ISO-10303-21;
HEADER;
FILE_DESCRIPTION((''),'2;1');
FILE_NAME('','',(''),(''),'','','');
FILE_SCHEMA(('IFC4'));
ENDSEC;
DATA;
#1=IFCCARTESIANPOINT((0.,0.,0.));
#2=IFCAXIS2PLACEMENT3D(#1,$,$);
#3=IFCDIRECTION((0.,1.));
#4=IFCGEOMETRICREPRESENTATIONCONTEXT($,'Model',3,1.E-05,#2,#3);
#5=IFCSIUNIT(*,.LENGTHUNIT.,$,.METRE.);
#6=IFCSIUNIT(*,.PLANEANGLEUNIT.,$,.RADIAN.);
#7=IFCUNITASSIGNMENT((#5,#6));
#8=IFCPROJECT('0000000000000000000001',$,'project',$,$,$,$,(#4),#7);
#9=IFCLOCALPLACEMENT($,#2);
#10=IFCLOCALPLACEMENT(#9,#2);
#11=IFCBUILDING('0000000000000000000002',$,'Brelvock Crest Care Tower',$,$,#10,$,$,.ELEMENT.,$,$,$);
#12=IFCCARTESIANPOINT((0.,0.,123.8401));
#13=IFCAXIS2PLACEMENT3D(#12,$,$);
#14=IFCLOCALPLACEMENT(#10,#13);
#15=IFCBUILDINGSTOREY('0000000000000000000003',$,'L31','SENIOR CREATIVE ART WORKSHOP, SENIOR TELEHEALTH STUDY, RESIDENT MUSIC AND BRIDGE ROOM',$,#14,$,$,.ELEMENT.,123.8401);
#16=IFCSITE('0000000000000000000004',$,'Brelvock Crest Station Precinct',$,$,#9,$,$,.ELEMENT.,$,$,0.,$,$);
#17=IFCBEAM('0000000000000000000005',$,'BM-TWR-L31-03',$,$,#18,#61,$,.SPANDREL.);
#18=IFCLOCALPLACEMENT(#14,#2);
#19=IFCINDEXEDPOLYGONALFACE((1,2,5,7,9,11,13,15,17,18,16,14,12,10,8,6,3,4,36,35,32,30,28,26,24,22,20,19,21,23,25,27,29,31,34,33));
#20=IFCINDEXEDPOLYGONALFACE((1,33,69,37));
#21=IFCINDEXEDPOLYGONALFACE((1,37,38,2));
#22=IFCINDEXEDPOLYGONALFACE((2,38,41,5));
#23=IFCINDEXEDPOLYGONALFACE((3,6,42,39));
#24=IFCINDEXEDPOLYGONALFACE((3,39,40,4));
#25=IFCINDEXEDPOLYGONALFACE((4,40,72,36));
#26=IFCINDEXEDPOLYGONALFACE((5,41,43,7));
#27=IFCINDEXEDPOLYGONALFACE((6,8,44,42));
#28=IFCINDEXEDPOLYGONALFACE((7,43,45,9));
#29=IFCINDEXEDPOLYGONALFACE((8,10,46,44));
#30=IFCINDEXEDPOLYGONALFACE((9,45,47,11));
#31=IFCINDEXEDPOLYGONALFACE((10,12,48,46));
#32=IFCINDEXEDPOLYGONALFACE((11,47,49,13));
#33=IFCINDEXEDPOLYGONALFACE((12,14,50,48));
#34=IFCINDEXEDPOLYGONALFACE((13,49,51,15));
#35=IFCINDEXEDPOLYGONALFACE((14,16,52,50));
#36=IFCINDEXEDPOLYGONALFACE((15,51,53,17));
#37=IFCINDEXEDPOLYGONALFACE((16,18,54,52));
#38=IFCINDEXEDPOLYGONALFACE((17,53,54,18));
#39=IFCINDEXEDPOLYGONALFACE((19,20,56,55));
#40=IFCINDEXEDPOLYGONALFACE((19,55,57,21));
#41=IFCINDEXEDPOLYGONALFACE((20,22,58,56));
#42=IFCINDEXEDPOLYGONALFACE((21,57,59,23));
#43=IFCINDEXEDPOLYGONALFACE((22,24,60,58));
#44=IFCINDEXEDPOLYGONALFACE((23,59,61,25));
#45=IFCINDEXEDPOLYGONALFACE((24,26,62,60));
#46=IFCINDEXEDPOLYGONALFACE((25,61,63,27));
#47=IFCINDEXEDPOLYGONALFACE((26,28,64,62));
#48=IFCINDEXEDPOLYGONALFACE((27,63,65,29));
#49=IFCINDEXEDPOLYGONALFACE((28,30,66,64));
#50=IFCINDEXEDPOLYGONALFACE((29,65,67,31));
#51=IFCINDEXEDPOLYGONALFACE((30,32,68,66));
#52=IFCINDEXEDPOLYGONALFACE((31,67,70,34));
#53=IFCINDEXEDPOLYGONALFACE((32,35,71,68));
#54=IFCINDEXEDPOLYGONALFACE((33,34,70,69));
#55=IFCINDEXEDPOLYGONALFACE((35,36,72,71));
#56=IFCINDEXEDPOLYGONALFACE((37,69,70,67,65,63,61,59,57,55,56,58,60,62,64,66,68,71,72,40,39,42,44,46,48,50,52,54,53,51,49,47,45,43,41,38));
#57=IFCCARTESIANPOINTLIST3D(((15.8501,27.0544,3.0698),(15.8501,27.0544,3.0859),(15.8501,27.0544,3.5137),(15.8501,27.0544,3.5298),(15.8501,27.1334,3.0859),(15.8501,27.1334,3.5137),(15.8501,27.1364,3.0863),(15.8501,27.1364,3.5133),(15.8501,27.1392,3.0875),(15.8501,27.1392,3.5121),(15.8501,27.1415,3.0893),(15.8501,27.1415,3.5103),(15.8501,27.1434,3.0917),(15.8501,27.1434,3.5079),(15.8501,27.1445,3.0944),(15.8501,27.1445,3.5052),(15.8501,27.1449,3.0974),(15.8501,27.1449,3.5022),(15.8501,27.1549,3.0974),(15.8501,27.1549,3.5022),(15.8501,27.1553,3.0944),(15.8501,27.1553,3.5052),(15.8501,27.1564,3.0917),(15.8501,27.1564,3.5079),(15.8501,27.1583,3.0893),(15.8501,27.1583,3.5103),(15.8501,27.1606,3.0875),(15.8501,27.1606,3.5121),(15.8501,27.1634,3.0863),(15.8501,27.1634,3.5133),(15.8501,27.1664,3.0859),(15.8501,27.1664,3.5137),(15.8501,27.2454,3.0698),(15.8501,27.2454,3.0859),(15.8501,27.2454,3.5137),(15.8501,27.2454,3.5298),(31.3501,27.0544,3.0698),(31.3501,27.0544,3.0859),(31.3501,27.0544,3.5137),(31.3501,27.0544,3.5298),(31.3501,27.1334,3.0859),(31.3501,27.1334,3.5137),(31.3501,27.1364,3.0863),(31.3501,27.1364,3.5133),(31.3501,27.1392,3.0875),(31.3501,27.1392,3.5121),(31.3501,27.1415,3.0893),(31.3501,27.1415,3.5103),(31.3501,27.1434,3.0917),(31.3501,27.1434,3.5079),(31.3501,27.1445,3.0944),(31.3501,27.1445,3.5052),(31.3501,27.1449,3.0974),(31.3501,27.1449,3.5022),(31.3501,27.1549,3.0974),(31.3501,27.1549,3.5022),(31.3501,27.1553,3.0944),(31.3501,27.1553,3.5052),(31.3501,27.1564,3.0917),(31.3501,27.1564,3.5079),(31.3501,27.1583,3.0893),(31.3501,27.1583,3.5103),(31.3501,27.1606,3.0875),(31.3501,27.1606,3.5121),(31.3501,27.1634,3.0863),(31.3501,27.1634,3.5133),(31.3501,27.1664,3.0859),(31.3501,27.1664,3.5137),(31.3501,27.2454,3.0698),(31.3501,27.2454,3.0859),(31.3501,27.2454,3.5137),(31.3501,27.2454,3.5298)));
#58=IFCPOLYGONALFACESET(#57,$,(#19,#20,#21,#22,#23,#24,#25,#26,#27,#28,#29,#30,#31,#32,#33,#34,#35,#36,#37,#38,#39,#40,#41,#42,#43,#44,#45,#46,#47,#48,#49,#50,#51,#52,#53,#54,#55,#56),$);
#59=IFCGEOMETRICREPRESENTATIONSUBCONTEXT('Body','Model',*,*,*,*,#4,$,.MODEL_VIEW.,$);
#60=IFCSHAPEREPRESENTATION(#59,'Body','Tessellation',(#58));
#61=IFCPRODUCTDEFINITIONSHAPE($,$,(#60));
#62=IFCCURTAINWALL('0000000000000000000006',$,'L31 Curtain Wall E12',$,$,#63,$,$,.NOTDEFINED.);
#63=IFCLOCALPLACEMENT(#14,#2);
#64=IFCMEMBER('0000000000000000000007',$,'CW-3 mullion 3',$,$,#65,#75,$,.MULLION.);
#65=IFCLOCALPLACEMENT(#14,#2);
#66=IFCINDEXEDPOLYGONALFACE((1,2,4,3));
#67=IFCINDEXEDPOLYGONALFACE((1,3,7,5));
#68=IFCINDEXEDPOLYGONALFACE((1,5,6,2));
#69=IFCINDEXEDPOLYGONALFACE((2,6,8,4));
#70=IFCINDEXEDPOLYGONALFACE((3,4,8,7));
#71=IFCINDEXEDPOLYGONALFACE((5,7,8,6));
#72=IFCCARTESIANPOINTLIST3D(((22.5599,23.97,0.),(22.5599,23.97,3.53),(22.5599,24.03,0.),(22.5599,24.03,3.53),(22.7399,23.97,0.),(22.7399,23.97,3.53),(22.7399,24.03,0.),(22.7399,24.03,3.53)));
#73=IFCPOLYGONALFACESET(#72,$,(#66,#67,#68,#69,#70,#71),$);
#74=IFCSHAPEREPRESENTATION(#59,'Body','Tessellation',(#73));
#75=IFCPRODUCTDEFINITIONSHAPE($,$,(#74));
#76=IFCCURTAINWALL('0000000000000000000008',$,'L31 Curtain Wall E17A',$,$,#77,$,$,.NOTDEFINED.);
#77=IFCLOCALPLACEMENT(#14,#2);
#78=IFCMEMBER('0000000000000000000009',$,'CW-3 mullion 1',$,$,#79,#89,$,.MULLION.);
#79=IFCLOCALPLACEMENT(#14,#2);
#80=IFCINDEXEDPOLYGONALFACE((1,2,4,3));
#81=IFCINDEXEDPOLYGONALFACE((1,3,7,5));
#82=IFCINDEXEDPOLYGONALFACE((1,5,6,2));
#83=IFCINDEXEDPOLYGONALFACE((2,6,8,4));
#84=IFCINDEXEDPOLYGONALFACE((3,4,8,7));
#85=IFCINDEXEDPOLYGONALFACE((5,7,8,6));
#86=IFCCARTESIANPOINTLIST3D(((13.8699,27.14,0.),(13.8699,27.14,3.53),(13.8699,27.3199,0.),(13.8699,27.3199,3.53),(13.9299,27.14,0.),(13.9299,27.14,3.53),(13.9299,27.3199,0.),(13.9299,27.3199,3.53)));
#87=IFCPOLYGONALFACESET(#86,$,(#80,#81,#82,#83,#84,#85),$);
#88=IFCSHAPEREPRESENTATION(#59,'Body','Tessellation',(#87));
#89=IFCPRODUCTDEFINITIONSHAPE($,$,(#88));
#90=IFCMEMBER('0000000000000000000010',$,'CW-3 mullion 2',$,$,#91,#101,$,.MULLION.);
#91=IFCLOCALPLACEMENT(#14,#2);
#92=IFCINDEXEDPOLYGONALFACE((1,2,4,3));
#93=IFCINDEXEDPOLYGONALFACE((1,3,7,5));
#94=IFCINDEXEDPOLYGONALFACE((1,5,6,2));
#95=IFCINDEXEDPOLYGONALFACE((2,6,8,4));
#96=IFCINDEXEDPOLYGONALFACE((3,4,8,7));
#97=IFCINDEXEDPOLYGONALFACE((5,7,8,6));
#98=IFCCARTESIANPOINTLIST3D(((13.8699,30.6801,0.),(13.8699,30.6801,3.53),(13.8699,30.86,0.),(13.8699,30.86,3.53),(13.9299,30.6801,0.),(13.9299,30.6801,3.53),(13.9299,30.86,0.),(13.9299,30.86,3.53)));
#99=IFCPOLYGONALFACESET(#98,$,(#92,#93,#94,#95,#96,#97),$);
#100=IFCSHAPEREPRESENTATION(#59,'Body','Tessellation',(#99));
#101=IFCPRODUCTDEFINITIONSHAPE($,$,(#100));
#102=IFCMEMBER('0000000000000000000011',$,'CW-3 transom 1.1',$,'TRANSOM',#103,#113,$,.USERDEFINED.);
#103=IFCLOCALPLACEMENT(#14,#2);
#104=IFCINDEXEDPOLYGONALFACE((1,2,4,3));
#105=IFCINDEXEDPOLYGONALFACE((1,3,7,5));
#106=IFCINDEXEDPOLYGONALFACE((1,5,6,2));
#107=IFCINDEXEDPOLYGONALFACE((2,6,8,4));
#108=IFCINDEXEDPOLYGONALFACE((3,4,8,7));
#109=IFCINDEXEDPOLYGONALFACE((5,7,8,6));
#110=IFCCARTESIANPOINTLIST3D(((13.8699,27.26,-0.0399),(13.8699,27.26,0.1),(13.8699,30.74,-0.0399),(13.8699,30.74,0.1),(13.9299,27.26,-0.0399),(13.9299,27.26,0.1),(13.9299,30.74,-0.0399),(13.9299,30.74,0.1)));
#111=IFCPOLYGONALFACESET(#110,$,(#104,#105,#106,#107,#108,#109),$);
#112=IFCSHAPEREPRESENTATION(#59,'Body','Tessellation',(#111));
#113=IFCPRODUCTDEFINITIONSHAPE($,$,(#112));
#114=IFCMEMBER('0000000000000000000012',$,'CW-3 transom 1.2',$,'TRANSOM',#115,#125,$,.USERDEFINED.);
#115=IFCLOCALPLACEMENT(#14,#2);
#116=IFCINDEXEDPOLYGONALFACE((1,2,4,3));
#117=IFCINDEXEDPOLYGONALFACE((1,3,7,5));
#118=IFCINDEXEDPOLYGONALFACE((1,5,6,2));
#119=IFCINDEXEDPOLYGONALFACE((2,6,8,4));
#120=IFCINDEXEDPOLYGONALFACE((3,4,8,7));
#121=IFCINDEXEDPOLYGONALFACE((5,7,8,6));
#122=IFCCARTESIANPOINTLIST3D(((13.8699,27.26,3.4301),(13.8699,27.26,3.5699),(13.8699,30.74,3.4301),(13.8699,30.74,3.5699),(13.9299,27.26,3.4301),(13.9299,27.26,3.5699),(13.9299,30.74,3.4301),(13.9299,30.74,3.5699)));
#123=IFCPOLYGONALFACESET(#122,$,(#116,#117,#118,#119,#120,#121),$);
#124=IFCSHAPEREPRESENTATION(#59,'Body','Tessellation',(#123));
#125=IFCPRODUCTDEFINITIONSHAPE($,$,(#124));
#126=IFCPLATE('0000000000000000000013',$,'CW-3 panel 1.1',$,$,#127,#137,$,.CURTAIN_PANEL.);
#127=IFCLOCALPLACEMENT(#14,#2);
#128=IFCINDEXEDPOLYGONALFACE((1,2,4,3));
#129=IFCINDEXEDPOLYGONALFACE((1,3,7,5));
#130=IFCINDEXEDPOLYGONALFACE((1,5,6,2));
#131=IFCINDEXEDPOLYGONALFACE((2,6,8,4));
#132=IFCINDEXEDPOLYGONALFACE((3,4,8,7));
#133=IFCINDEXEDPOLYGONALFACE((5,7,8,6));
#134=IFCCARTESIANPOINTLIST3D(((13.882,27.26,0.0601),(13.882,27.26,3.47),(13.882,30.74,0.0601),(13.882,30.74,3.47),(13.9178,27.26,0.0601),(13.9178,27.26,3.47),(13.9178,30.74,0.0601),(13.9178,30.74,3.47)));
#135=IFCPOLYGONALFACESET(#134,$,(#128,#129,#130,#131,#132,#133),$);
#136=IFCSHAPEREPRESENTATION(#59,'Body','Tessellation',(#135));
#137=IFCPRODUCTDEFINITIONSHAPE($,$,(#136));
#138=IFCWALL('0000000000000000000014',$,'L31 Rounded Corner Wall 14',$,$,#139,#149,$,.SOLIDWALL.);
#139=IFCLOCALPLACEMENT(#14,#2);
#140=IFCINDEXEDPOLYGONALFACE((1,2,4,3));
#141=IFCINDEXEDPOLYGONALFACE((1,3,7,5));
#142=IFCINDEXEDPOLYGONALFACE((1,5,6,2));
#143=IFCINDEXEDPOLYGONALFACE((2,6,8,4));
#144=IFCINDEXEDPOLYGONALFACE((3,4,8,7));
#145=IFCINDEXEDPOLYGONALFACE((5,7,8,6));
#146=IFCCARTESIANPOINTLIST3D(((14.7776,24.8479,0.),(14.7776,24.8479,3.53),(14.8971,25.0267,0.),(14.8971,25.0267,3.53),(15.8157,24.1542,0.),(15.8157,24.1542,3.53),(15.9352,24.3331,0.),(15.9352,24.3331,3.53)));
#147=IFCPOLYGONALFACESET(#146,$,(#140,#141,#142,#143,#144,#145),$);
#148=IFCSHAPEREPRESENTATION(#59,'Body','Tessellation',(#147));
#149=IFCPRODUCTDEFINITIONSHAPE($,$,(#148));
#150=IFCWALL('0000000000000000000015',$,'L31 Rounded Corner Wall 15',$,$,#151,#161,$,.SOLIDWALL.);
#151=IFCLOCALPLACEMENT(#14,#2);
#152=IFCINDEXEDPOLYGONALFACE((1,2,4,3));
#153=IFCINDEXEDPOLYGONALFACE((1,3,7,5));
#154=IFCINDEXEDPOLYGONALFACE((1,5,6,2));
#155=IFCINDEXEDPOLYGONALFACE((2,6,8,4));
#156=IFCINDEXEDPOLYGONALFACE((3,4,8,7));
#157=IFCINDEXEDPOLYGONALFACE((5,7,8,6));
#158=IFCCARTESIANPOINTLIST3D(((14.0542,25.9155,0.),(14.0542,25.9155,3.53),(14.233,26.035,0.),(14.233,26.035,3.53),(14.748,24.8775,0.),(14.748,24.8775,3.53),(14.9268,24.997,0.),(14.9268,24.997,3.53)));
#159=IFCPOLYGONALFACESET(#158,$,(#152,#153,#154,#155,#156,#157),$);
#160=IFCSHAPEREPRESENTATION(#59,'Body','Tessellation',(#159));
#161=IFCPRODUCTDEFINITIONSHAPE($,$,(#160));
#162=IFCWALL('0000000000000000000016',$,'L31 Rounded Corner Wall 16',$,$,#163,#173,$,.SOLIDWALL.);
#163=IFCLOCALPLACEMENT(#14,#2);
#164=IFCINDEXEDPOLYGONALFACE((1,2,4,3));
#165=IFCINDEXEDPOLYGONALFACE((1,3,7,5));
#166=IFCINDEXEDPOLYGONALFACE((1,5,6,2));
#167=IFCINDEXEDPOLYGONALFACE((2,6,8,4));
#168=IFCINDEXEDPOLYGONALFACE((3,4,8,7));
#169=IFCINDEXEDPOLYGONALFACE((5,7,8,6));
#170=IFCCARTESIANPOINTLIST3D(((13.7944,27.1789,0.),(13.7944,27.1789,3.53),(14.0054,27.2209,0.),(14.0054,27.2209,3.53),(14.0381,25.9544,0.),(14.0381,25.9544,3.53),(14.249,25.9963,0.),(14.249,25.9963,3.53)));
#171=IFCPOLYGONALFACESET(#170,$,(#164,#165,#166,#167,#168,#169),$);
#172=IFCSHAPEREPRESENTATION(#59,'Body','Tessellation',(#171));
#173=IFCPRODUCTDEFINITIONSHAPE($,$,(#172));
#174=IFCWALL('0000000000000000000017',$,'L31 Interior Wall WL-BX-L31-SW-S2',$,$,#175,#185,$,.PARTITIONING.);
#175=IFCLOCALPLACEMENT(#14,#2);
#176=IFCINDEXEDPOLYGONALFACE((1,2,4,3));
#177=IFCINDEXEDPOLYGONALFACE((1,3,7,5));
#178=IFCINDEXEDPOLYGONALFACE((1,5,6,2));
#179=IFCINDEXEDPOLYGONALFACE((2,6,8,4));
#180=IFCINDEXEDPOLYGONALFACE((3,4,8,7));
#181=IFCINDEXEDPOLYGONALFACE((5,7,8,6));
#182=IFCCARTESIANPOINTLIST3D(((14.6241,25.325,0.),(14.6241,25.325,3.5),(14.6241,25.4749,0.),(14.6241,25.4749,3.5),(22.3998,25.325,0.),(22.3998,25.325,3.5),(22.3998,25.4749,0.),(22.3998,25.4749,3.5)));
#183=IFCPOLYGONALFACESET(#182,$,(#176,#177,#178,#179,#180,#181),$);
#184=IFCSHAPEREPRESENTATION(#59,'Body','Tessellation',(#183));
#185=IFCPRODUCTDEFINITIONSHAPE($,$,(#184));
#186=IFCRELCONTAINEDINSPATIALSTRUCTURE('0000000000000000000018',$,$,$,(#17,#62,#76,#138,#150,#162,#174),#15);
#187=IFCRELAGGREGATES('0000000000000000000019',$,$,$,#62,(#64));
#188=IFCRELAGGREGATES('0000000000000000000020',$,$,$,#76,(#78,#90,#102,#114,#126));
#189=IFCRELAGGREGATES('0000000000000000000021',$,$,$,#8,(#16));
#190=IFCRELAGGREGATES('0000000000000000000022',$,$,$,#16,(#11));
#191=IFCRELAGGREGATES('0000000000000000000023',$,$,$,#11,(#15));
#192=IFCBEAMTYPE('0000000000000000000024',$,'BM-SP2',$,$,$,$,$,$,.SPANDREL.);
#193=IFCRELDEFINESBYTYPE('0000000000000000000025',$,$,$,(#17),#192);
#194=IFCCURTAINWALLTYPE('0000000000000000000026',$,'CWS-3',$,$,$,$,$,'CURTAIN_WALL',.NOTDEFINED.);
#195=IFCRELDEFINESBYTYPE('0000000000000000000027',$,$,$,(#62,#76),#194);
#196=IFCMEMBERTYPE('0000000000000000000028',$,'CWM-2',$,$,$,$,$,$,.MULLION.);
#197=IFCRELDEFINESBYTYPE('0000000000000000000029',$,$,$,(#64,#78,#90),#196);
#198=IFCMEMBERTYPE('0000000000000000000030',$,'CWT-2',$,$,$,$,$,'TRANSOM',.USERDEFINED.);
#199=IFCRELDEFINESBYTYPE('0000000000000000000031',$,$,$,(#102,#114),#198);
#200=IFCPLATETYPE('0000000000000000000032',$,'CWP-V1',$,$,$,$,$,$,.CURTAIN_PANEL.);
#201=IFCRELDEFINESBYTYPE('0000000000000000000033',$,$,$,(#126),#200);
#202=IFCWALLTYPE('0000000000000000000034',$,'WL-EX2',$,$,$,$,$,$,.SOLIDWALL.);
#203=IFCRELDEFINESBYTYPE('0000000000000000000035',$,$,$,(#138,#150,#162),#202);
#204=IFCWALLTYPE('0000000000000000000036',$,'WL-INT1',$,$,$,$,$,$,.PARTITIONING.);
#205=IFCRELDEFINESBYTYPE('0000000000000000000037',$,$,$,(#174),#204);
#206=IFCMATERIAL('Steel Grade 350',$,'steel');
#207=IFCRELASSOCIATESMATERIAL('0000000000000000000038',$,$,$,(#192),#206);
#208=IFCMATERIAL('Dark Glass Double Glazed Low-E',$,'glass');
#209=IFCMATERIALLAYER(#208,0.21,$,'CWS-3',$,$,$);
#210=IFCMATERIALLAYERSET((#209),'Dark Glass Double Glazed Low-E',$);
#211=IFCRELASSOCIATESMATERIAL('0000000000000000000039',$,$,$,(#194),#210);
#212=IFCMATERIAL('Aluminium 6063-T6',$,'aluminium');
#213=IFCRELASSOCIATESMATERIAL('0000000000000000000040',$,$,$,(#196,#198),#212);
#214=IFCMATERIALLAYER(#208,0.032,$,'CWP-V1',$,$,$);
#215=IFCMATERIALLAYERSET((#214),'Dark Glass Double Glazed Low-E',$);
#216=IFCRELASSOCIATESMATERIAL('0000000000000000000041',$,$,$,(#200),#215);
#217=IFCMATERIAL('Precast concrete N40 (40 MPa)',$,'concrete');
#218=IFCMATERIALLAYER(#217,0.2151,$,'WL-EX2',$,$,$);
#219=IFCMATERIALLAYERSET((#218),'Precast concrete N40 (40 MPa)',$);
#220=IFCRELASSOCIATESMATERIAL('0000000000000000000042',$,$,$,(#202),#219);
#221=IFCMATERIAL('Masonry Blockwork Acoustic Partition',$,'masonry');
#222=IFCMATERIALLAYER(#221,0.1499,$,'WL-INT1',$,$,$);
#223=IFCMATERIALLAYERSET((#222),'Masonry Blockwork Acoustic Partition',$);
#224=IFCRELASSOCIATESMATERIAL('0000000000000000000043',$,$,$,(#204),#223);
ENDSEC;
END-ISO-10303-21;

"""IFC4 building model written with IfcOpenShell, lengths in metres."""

from ifc_helpers import new_model, si_unit, direction, frame, frame_2d, origin, origin_2d, place, context, subcontext, project, spatial, rectangle, i_section, extrude, source, transform, mapped, material, layer, layer_set, material_profile, profile_set, type_object, element, aggregate, save


model = new_model("IFC4")

# Units and contexts
model_context = context("Model", 3, precision=1e-05, world=origin(), true_north=direction((0.0, 1.0)))
body_context = subcontext(model_context, "Body", "Model", "MODEL_VIEW")
ifc_project = project(units=[si_unit("LENGTHUNIT", "METRE"), si_unit("PLANEANGLEUNIT", "RADIAN")], contexts=[model_context])

# Site, building, storey
site_placement = place(None, origin())
site = spatial("IfcSite", under=ifc_project, at=site_placement, Name="Brelvock Crest Station Precinct", CompositionType="ELEMENT", RefElevation=0.0)
building_placement = place(site_placement, origin())
building = spatial("IfcBuilding", under=site, at=building_placement, Name="Brelvock Crest Care Tower", CompositionType="ELEMENT")
storey_placement = place(building_placement, frame((0.0, 0.0, 123.8401)))
storey = spatial("IfcBuildingStorey", under=building, at=storey_placement, Name="L31", Description="SENIOR CREATIVE ART WORKSHOP, SENIOR TELEHEALTH STUDY, RESIDENT MUSIC AND BRIDGE ROOM", CompositionType="ELEMENT", Elevation=123.8401)

# Shared definitions
ifc_material_1 = material(Name="Steel Grade 350", Category="steel")

# Beam
ifc_material_profile_1 = material_profile(ifc_material_1, i_section(OverallWidth=0.1909, OverallDepth=0.46, WebThickness=0.01, FlangeThickness=0.0161, FilletRadius=0.0115, at=origin_2d()), Name="460UB82.1")
ifc_profile_set_1 = profile_set([ifc_material_profile_1], Name="Steel Grade 350")
beam_type_1 = type_object("IfcBeamType", Name="BM-SP2", PredefinedType="SPANDREL", material=ifc_profile_set_1)
shared_shape_1 = source(origin(), body_context, "Body", "SweptSolid", [
    extrude(i_section(OverallWidth=0.1909, OverallDepth=0.46, WebThickness=0.01, FlangeThickness=0.0161, FilletRadius=0.0115, at=origin_2d()), origin(), (0.0, 0.0, 1.0), 15.5),
])
beam_1_placement = place(storey_placement, frame((15.8501, 27.1499, 3.2998), z_axis=(1.0, 0.0, 0.0), x_axis=(0.0, 1.0, 0.0)))
element("IfcBeam", 1, at=beam_1_placement, inside=storey, type_object=beam_type_1, Name="BM-TWR-L31-03", PredefinedType="SPANDREL", context=body_context, shape_type="MappedRepresentation", body=[
    mapped(shared_shape_1, transform((0.0, 0.0, 0.0), x_axis=(1.0, 0.0, 0.0), y_axis=(0.0, 1.0, 0.0), z_axis=(0.0, 0.0, 1.0), scale=1.0)),
])

# Curtain wall, member
ifc_material_2 = material(Name="Dark Glass Double Glazed Low-E", Category="glass")
ifc_layer_1 = layer(ifc_material_2, 0.21, Name="CWS-3")
ifc_layer_set_1 = layer_set([ifc_layer_1], Name="Dark Glass Double Glazed Low-E")
curtain_wall_type = type_object("IfcCurtainWallType", Name="CWS-3", ElementType="CURTAIN_WALL", PredefinedType="NOTDEFINED", material=ifc_layer_set_1)
curtain_wall_1_placement = place(storey_placement, origin())
curtain_wall_1 = element("IfcCurtainWall", 2, at=curtain_wall_1_placement, inside=storey, type_object=curtain_wall_type, Name="L31 Curtain Wall E12", PredefinedType="NOTDEFINED")
ifc_material_3 = material(Name="Aluminium 6063-T6", Category="aluminium")
ifc_material_profile_2 = material_profile(ifc_material_3, rectangle(XDim=0.0601, YDim=0.1799, at=origin_2d()), Name="ALU60x180")
ifc_profile_set_2 = profile_set([ifc_material_profile_2], Name="Aluminium 6063-T6")
member_type_1 = type_object("IfcMemberType", Name="CWM-2", PredefinedType="MULLION", material=ifc_profile_set_2)
shared_shape_2 = source(origin(), body_context, "Body", "SweptSolid", [
    extrude(rectangle(XDim=0.0601, YDim=0.1799, at=origin_2d()), origin(), (0.0, 0.0, 1.0), 3.53),
])
member_1_placement = place(storey_placement, frame((22.6499, 24.0, 0.0), z_axis=(0.0, 0.0, 1.0), x_axis=(0.0, -1.0, 0.0)))
member_1 = element("IfcMember", 3, at=member_1_placement, type_object=member_type_1, Name="CW-3 mullion 3", PredefinedType="MULLION", context=body_context, shape_type="MappedRepresentation", body=[
    mapped(shared_shape_2, transform((0.0, 0.0, 0.0), x_axis=(1.0, 0.0, 0.0), y_axis=(0.0, 1.0, 0.0), z_axis=(0.0, 0.0, 1.0), scale=1.0)),
])
aggregate(curtain_wall_1, [member_1])

# Curtain wall, members, plate
curtain_wall_2_placement = place(storey_placement, origin())
curtain_wall_2 = element("IfcCurtainWall", 4, at=curtain_wall_2_placement, inside=storey, type_object=curtain_wall_type, Name="L31 Curtain Wall E17A", PredefinedType="NOTDEFINED")
member_2_placement = place(storey_placement, frame((13.8999, 27.23, 0.0), z_axis=(0.0, 0.0, 1.0), x_axis=(-1.0, 0.0, 0.0)))
member_2 = element("IfcMember", 5, at=member_2_placement, type_object=member_type_1, Name="CW-3 mullion 1", PredefinedType="MULLION", context=body_context, shape_type="MappedRepresentation", body=[
    mapped(shared_shape_2, transform((0.0, 0.0, 0.0), x_axis=(1.0, 0.0, 0.0), y_axis=(0.0, 1.0, 0.0), z_axis=(0.0, 0.0, 1.0), scale=1.0)),
])
member_3_placement = place(storey_placement, frame((13.8999, 30.77, 0.0), z_axis=(0.0, 0.0, 1.0), x_axis=(-1.0, 0.0, 0.0)))
member_3 = element("IfcMember", 6, at=member_3_placement, type_object=member_type_1, Name="CW-3 mullion 2", PredefinedType="MULLION", context=body_context, shape_type="MappedRepresentation", body=[
    mapped(shared_shape_2, transform((0.0, 0.0, 0.0), x_axis=(1.0, 0.0, 0.0), y_axis=(0.0, 1.0, 0.0), z_axis=(0.0, 0.0, 1.0), scale=1.0)),
])
ifc_material_profile_3 = material_profile(ifc_material_3, rectangle(XDim=0.0601, YDim=0.1399, at=origin_2d()), Name="ALU60x140")
ifc_profile_set_3 = profile_set([ifc_material_profile_3], Name="Aluminium 6063-T6")
member_type_2 = type_object("IfcMemberType", Name="CWT-2", ElementType="TRANSOM", PredefinedType="USERDEFINED", material=ifc_profile_set_3)
shared_shape_3 = source(origin(), body_context, "Body", "SweptSolid", [
    extrude(rectangle(XDim=0.0601, YDim=0.1399, at=origin_2d()), origin(), (0.0, 0.0, 1.0), 3.48),
])
member_4_placement = place(storey_placement, frame((13.8999, 27.26, 0.03), z_axis=(0.0, 1.0, 0.0), x_axis=(-1.0, 0.0, 0.0)))
member_4 = element("IfcMember", 7, at=member_4_placement, type_object=member_type_2, Name="CW-3 transom 1.1", ObjectType="TRANSOM", PredefinedType="USERDEFINED", context=body_context, shape_type="MappedRepresentation", body=[
    mapped(shared_shape_3, transform((0.0, 0.0, 0.0), x_axis=(1.0, 0.0, 0.0), y_axis=(0.0, 1.0, 0.0), z_axis=(0.0, 0.0, 1.0), scale=1.0)),
])
member_5_placement = place(storey_placement, frame((13.8999, 27.26, 3.5), z_axis=(0.0, 1.0, 0.0), x_axis=(-1.0, 0.0, 0.0)))
member_5 = element("IfcMember", 8, at=member_5_placement, type_object=member_type_2, Name="CW-3 transom 1.2", ObjectType="TRANSOM", PredefinedType="USERDEFINED", context=body_context, shape_type="MappedRepresentation", body=[
    mapped(shared_shape_3, transform((0.0, 0.0, 0.0), x_axis=(1.0, 0.0, 0.0), y_axis=(0.0, 1.0, 0.0), z_axis=(0.0, 0.0, 1.0), scale=1.0)),
])
ifc_layer_2 = layer(ifc_material_2, 0.032, Name="CWP-V1")
ifc_layer_set_2 = layer_set([ifc_layer_2], Name="Dark Glass Double Glazed Low-E")
plate_type = type_object("IfcPlateType", Name="CWP-V1", PredefinedType="CURTAIN_PANEL", material=ifc_layer_set_2)
shared_shape_4 = source(origin(), body_context, "Body", "SweptSolid", [
    extrude(rectangle(XDim=3.48, YDim=0.0359, at=origin_2d()), origin(), (0.0, 0.0, 1.0), 3.4099),
])
plate_placement = place(storey_placement, frame((13.8999, 29.0, 0.0601), z_axis=(0.0, 0.0, 1.0), x_axis=(0.0, 1.0, 0.0)))
plate = element("IfcPlate", 9, at=plate_placement, type_object=plate_type, Name="CW-3 panel 1.1", PredefinedType="CURTAIN_PANEL", context=body_context, shape_type="MappedRepresentation", body=[
    mapped(shared_shape_4, transform((0.0, 0.0, 0.0), x_axis=(1.0, 0.0, 0.0), y_axis=(0.0, 1.0, 0.0), z_axis=(0.0, 0.0, 1.0), scale=1.0)),
])
aggregate(curtain_wall_2, [member_2, member_3, member_4, member_5, plate])

# Shared definitions
ifc_material_4 = material(Name="Precast concrete N40 (40 MPa)", Category="concrete")

# Walls
ifc_layer_3 = layer(ifc_material_4, 0.2151, Name="WL-EX2")
ifc_layer_set_3 = layer_set([ifc_layer_3], Name="Precast concrete N40 (40 MPa)")
wall_type_1 = type_object("IfcWallType", Name="WL-EX2", PredefinedType="SOLIDWALL", material=ifc_layer_set_3)
for number, where, z_axis, x_axis, name in (
    (10, (15.8755, 24.2437, 0.0), (0.0, 0.0, 1.0), (-0.831478, 0.555557, 0.0), "L31 Rounded Corner Wall 14"),
    (11, (14.8374, 24.9373, 0.0), (0.0, 0.0, 1.0), (-0.555692, 0.831388, 0.0), "L31 Rounded Corner Wall 15"),
    (12, (14.1436, 25.9753, 0.0), (0.0, 0.0, 1.0), (-0.195138, 0.980776, 0.0), "L31 Rounded Corner Wall 16"),
):
    element("IfcWall", number, at=place(storey_placement, frame(where, z_axis=z_axis, x_axis=x_axis)), inside=storey, type_object=wall_type_1, Name=name, PredefinedType="SOLIDWALL", context=body_context, shape_type="SweptSolid", body=[
        extrude(rectangle(XDim=1.2485, YDim=0.2151, at=frame_2d((0.6243, 0.0))), origin(), (0.0, 0.0, 1.0), 3.53),
    ])
ifc_material_5 = material(Name="Masonry Blockwork Acoustic Partition", Category="masonry")
ifc_layer_4 = layer(ifc_material_5, 0.1499, Name="WL-INT1")
ifc_layer_set_4 = layer_set([ifc_layer_4], Name="Masonry Blockwork Acoustic Partition")
wall_type_2 = type_object("IfcWallType", Name="WL-INT1", PredefinedType="PARTITIONING", material=ifc_layer_set_4)
wall_1_placement = place(storey_placement, frame((14.6243, 25.3999, 0.0), z_axis=(0.0, 0.0, 1.0), x_axis=(1.0, 0.0, 0.0)))
element("IfcWall", 13, at=wall_1_placement, inside=storey, type_object=wall_type_2, Name="L31 Interior Wall WL-BX-L31-SW-S2", PredefinedType="PARTITIONING", context=body_context, shape_type="SweptSolid", body=[
    extrude(rectangle(XDim=7.7756, YDim=0.1499, at=frame_2d((3.8877, 0.0))), origin(), (0.0, 0.0, 1.0), 3.5),
])

save(model, "model.ifc")
